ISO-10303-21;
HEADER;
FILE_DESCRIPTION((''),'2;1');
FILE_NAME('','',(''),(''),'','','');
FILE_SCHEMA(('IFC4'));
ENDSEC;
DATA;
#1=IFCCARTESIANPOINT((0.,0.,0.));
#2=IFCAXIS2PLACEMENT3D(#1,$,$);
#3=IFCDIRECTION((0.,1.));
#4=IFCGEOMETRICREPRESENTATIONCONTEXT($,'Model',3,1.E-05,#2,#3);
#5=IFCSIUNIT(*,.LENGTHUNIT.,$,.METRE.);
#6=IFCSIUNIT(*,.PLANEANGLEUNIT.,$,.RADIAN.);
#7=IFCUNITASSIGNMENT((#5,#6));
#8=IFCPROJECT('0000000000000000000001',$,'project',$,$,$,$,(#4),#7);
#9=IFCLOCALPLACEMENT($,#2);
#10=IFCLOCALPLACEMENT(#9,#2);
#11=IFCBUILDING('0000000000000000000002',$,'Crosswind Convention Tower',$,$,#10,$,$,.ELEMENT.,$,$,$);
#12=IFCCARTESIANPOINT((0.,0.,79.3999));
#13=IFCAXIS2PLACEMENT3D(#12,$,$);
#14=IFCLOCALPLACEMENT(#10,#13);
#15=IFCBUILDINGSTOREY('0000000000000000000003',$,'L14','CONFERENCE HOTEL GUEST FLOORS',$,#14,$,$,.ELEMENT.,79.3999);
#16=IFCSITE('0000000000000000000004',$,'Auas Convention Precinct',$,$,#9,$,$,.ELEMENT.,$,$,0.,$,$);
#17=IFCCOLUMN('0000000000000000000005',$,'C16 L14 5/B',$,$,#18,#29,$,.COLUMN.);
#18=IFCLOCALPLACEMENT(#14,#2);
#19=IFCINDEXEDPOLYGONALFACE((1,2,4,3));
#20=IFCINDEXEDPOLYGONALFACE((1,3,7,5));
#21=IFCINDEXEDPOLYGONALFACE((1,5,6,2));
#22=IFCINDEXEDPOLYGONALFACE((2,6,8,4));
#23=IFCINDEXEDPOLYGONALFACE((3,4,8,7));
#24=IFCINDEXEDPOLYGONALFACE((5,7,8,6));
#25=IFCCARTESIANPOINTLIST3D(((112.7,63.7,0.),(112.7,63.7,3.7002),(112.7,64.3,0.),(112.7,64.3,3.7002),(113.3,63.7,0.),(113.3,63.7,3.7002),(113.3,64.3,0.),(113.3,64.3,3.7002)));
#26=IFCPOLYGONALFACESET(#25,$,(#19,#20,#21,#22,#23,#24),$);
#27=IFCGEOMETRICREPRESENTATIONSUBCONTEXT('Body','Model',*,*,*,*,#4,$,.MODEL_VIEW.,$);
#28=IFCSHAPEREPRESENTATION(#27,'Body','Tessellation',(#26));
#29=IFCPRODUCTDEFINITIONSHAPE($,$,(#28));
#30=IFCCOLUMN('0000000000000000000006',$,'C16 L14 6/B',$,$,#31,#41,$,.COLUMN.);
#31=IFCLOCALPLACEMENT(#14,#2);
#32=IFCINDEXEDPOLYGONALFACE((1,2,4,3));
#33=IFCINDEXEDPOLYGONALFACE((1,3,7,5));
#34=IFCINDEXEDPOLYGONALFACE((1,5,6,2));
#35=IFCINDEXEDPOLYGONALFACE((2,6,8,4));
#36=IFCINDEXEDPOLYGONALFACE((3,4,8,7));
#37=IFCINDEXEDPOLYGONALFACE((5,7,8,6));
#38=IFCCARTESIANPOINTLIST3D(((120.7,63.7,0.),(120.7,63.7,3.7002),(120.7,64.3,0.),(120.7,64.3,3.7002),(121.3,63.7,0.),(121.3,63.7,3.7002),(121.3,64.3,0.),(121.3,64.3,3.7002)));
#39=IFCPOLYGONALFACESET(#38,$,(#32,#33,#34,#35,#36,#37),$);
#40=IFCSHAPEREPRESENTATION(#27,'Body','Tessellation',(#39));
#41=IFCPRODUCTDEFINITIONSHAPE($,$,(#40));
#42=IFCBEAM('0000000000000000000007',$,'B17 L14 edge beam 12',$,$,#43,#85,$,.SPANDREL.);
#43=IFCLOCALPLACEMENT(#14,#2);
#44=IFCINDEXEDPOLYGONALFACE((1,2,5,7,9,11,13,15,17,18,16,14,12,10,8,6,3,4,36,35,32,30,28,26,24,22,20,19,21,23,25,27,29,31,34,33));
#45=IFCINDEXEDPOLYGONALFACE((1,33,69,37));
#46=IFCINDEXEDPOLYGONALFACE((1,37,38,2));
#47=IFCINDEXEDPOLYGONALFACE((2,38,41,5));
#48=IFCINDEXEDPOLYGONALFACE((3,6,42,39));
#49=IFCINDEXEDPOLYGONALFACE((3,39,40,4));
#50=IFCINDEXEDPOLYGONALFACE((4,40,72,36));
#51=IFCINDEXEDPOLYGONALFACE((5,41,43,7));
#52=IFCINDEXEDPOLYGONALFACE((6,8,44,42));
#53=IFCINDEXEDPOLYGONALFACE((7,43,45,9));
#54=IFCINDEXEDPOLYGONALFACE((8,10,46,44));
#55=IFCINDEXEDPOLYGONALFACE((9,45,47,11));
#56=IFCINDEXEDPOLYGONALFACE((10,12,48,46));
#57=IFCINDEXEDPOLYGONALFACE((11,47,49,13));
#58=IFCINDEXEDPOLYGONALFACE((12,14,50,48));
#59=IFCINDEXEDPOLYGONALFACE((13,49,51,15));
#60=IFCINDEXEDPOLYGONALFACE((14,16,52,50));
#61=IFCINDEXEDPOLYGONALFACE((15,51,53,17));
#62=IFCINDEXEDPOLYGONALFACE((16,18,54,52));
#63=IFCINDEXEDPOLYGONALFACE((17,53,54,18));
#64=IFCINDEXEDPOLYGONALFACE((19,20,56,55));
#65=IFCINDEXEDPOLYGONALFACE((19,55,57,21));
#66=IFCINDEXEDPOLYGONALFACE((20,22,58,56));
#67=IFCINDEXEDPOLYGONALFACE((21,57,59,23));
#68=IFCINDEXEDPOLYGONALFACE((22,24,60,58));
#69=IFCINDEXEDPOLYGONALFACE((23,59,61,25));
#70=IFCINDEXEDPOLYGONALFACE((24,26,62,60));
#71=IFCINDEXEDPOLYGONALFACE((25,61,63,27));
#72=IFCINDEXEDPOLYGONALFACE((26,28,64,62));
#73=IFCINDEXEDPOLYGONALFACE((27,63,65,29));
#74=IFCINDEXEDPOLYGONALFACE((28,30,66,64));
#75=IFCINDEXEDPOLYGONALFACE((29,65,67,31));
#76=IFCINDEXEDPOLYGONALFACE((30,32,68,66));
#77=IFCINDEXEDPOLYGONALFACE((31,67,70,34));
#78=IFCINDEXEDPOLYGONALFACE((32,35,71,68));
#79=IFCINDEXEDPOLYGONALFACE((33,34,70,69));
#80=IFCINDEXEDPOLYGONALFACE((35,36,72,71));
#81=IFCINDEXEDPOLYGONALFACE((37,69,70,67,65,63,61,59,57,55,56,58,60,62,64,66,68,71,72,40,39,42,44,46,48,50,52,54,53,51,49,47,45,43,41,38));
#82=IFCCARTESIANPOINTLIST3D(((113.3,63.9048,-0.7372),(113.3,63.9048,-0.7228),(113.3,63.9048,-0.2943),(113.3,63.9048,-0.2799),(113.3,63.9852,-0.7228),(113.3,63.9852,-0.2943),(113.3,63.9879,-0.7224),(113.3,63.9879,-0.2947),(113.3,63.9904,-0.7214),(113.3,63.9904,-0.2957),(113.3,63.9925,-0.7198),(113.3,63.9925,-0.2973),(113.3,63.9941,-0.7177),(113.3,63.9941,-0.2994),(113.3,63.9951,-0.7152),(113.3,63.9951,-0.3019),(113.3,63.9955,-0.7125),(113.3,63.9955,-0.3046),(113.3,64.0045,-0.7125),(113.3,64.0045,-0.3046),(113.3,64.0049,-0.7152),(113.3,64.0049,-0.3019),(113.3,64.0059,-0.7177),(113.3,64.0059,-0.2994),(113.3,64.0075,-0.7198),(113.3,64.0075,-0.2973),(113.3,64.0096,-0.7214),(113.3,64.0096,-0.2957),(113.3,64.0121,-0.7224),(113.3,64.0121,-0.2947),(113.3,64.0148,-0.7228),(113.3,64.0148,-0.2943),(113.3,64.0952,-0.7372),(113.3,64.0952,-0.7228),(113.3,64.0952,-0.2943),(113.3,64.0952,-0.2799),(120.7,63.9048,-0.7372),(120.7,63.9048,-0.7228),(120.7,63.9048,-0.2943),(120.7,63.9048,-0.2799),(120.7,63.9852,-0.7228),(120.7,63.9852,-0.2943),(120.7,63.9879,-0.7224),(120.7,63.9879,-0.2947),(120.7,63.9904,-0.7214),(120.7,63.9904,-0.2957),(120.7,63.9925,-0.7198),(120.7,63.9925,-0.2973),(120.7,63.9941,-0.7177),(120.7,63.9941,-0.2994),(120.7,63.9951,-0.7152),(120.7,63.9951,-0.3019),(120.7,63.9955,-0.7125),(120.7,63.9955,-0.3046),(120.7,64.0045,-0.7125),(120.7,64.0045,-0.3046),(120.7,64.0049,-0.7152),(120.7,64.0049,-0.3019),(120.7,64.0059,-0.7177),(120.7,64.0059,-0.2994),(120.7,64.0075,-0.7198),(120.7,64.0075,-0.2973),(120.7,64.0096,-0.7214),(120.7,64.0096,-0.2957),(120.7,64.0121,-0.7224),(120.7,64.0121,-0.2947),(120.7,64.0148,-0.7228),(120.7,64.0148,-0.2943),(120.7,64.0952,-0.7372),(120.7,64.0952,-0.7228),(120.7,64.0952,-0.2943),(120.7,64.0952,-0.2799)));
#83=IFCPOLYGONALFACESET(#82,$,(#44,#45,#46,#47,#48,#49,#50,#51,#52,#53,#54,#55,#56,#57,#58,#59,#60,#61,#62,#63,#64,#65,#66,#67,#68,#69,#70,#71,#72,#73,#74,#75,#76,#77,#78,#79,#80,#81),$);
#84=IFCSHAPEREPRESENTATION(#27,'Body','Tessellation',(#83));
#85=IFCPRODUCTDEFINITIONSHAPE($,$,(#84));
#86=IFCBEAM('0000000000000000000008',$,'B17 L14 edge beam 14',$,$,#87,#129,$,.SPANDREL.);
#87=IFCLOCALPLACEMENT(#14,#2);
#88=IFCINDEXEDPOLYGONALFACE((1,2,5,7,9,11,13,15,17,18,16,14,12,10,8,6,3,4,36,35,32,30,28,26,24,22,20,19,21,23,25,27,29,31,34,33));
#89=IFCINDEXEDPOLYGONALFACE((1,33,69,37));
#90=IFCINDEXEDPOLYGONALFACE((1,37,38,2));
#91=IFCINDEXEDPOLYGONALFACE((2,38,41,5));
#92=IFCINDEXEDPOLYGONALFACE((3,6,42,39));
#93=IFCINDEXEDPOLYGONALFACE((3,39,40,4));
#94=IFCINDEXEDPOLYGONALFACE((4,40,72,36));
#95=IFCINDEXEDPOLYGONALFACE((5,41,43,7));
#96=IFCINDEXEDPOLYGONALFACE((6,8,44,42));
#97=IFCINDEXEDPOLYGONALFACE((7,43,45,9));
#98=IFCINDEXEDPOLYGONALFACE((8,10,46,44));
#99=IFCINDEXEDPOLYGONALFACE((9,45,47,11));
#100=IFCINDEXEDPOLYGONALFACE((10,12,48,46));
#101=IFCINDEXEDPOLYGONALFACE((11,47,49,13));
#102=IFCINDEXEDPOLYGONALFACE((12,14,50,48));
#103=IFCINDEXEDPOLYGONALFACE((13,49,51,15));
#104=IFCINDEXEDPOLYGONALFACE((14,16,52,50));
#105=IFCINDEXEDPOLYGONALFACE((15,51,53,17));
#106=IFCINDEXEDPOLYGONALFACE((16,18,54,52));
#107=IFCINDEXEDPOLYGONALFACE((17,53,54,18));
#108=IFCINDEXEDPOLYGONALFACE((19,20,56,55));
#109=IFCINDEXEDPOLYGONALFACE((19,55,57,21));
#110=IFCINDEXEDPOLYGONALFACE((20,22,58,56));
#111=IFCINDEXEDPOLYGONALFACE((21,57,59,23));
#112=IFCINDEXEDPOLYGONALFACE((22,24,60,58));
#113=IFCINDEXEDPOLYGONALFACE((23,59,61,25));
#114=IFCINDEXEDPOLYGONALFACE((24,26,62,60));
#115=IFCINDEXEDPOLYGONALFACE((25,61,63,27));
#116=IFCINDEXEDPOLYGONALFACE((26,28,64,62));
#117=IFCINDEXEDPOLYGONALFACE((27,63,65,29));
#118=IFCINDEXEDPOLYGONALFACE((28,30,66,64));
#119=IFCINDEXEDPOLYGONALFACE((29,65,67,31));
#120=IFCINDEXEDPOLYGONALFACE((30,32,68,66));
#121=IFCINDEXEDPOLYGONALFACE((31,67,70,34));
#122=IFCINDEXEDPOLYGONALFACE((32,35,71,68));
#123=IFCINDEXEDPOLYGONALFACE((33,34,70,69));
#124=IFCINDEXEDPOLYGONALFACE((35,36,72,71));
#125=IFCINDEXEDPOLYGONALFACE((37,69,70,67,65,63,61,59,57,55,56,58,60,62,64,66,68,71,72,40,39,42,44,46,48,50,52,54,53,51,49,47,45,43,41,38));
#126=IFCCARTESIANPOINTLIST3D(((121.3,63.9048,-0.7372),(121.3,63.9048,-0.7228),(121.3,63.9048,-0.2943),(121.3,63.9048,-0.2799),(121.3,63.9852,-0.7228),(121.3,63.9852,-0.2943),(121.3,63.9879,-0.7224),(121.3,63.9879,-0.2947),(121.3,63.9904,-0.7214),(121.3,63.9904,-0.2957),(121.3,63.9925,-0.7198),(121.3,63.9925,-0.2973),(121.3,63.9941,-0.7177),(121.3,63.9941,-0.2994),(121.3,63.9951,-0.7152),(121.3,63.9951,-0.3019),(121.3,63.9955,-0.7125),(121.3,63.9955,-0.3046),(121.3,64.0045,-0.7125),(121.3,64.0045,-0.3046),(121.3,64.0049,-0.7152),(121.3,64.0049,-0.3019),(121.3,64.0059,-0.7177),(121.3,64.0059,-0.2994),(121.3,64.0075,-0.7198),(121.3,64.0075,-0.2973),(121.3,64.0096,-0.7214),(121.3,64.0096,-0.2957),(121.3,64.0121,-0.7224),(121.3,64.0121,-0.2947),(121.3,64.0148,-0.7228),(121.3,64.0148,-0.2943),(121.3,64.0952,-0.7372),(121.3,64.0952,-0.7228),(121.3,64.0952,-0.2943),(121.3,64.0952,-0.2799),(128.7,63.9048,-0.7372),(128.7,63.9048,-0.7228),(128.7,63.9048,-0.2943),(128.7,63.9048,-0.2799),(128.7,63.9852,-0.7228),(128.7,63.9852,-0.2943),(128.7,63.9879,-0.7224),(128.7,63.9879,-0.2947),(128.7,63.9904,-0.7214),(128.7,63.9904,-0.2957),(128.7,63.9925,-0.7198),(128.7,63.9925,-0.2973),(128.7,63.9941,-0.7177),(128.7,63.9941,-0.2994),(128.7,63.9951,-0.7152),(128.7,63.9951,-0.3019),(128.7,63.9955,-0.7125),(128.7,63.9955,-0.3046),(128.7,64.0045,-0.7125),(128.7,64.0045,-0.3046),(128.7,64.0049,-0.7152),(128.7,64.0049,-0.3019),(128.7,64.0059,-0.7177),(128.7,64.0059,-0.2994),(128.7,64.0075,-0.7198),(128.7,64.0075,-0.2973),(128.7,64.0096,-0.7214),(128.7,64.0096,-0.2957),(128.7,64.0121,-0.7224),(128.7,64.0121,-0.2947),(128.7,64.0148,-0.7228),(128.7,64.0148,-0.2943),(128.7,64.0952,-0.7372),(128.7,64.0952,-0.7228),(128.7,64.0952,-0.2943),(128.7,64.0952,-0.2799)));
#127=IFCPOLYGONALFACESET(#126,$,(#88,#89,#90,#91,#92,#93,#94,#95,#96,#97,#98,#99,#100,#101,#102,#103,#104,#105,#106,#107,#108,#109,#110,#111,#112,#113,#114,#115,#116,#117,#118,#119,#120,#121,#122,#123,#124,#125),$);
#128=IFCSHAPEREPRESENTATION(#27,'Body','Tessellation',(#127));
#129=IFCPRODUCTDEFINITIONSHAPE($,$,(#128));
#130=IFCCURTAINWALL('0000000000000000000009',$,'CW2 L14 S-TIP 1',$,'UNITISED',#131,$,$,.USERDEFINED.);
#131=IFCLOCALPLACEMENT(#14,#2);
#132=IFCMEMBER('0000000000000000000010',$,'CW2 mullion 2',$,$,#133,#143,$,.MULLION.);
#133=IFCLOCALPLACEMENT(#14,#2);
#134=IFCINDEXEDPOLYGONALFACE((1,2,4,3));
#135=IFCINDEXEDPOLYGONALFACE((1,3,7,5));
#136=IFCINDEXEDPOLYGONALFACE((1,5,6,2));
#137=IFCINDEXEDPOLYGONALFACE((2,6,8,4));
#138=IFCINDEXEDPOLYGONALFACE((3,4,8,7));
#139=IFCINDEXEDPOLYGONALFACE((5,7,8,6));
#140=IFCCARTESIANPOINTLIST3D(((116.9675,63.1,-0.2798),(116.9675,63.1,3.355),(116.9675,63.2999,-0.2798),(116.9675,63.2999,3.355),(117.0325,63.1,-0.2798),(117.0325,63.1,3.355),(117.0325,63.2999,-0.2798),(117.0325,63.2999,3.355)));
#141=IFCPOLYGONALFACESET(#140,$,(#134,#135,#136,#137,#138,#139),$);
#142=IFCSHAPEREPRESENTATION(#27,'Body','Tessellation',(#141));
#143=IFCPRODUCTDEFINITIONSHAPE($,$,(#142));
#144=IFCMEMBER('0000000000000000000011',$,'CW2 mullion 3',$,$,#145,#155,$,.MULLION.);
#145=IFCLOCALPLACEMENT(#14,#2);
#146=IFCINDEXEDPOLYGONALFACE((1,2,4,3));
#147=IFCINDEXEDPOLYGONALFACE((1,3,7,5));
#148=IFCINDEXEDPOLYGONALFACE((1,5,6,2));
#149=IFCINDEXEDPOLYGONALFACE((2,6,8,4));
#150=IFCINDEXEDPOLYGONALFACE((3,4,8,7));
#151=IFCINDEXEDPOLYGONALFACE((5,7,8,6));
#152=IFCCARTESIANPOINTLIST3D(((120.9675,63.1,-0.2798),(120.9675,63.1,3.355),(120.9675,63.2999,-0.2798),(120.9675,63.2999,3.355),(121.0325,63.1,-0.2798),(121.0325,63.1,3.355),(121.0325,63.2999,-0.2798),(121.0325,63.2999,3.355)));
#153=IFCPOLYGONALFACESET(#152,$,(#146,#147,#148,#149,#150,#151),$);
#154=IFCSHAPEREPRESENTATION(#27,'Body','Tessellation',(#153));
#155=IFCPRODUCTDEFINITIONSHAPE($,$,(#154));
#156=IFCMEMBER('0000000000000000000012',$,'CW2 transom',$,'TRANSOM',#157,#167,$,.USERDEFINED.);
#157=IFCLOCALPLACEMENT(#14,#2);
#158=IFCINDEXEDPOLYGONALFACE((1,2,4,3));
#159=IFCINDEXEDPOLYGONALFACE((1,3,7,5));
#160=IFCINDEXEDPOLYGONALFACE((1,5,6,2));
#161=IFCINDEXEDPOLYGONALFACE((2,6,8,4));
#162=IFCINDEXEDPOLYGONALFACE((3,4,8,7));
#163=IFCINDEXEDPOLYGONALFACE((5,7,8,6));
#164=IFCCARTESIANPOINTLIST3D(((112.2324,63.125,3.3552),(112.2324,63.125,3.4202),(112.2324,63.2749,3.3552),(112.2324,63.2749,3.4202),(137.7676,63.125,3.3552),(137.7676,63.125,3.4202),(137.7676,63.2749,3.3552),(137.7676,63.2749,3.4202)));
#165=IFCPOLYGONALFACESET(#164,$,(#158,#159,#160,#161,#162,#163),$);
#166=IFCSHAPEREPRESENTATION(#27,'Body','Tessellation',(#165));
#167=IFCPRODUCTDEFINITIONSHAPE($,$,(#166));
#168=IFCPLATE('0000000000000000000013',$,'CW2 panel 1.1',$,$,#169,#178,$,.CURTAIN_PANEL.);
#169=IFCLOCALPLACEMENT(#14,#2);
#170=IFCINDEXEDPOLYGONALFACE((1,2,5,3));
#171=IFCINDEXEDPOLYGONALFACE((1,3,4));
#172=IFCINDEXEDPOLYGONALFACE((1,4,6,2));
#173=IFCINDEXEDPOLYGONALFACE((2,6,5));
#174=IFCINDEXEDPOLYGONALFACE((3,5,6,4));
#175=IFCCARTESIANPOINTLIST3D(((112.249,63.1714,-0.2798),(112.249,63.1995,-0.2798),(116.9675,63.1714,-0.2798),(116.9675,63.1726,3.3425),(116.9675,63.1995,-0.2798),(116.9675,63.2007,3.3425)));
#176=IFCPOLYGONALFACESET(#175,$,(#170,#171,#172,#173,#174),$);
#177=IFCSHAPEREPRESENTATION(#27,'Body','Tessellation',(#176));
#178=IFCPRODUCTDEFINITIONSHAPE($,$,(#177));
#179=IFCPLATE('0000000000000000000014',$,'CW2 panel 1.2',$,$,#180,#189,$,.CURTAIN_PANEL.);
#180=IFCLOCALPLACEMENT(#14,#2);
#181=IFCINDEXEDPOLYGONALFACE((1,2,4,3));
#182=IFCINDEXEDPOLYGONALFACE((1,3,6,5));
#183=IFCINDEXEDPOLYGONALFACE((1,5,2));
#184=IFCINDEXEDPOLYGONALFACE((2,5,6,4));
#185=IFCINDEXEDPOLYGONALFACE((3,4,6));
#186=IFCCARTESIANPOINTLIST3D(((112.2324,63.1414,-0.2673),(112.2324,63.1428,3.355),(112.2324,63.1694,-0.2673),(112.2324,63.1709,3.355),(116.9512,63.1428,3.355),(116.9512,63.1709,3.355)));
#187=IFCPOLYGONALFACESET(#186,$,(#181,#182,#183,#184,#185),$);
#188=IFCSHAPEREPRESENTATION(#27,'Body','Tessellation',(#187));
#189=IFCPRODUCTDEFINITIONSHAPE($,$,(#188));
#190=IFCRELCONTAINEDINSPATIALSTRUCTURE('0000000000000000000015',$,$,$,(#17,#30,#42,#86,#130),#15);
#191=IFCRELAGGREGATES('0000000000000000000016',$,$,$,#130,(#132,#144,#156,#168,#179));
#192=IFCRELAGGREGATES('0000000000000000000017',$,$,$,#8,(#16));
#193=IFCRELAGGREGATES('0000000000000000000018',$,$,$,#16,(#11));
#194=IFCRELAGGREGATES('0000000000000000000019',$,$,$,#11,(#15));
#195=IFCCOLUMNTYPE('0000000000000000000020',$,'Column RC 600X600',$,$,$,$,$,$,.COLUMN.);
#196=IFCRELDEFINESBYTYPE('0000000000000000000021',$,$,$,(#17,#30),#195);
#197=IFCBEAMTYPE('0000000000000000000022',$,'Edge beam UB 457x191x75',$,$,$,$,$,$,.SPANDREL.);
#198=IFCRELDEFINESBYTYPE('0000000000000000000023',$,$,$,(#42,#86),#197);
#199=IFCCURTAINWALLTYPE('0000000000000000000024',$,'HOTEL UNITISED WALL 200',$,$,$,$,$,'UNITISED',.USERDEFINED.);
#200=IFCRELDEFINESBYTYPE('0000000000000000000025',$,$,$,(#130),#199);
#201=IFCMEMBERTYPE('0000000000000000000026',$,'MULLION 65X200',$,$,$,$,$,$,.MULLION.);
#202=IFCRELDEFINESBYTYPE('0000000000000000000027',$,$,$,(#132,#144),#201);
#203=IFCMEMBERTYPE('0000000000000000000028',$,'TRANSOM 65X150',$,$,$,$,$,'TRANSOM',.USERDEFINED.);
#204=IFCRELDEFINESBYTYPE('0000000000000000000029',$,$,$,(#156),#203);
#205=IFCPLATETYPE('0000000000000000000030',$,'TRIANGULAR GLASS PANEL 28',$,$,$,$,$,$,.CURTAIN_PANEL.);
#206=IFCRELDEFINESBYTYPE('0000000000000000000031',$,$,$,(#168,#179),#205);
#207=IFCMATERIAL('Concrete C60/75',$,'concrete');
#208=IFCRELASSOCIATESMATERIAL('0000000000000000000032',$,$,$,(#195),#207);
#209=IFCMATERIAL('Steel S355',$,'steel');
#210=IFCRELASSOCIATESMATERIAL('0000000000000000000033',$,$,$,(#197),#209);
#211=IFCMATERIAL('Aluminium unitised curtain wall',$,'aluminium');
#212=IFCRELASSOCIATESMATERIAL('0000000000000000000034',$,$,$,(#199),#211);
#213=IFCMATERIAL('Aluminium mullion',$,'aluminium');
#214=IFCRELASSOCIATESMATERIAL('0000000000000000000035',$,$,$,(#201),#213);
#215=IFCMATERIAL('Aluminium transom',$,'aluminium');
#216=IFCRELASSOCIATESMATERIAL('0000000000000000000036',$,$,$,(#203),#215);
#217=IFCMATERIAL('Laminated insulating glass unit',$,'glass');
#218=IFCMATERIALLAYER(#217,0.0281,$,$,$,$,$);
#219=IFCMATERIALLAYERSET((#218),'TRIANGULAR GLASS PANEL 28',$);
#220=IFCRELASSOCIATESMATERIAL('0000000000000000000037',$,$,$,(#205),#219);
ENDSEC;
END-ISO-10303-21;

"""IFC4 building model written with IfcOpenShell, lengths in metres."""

from ifc_helpers import new_model, si_unit, direction, frame, origin, origin_2d, place, context, subcontext, project, spatial, polyline, rectangle, i_section, outline, extrude, material, layer, layer_set, material_profile, profile_set, type_object, element, aggregate, save


model = new_model("IFC4")

# Units and contexts
model_context = context("Model", 3, precision=1e-05, world=origin(), true_north=direction((0.0, 1.0)))
body_context = subcontext(model_context, "Body", "Model", "MODEL_VIEW")
ifc_project = project(units=[si_unit("LENGTHUNIT", "METRE"), si_unit("PLANEANGLEUNIT", "RADIAN")], contexts=[model_context])

# Site, building, storey
site_placement = place(None, origin())
site = spatial("IfcSite", under=ifc_project, at=site_placement, Name="Auas Convention Precinct", CompositionType="ELEMENT", RefElevation=0.0)
building_placement = place(site_placement, origin())
building = spatial("IfcBuilding", under=site, at=building_placement, Name="Crosswind Convention Tower", CompositionType="ELEMENT")
storey_placement = place(building_placement, frame((0.0, 0.0, 79.3999)))
storey = spatial("IfcBuildingStorey", under=building, at=storey_placement, Name="L14", Description="CONFERENCE HOTEL GUEST FLOORS", CompositionType="ELEMENT", Elevation=79.3999)

# Columns
ifc_material_1 = material(Name="Concrete C60/75", Category="concrete")
ifc_material_profile_1 = material_profile(ifc_material_1, rectangle(XDim=0.6001, YDim=0.6001, at=origin_2d()), Name="RC 600X600")
ifc_profile_set_1 = profile_set([ifc_material_profile_1], Name="Concrete C60/75")
column_type = type_object("IfcColumnType", Name="Column RC 600X600", PredefinedType="COLUMN", material=ifc_profile_set_1)
for number, where, z_axis, x_axis, name in (
    (1, (113.0, 64.0, 0.0), (0.0, 0.0, 1.0), (1.0, 0.0, 0.0), "C16 L14 5/B"),
    (2, (121.0, 64.0, 0.0), (0.0, 0.0, 1.0), (1.0, 0.0, 0.0), "C16 L14 6/B"),
):
    element("IfcColumn", number, at=place(storey_placement, frame(where, z_axis=z_axis, x_axis=x_axis)), inside=storey, type_object=column_type, Name=name, PredefinedType="COLUMN", context=body_context, shape_type="SweptSolid", body=[
        extrude(rectangle(XDim=0.6001, YDim=0.6001, at=origin_2d()), origin(), (0.0, 0.0, 1.0), 3.7002),
    ])

# Beams
ifc_material_2 = material(Name="Steel S355", Category="steel")
ifc_material_profile_2 = material_profile(ifc_material_2, i_section(OverallWidth=0.1904, OverallDepth=0.4573, WebThickness=0.009, FlangeThickness=0.0144, FilletRadius=0.0103, at=origin_2d()), Name="UB 457x191x75")
ifc_profile_set_2 = profile_set([ifc_material_profile_2], Name="Steel S355")
beam_type = type_object("IfcBeamType", Name="Edge beam UB 457x191x75", PredefinedType="SPANDREL", material=ifc_profile_set_2)
for number, where, z_axis, x_axis, name in (
    (3, (113.3, 64.0, -0.5085), (1.0, 0.0, 0.0), (0.0, 1.0, 0.0), "B17 L14 edge beam 12"),
    (4, (121.3, 64.0, -0.5085), (1.0, 0.0, 0.0), (0.0, 1.0, 0.0), "B17 L14 edge beam 14"),
):
    element("IfcBeam", number, at=place(storey_placement, frame(where, z_axis=z_axis, x_axis=x_axis)), inside=storey, type_object=beam_type, Name=name, PredefinedType="SPANDREL", context=body_context, shape_type="SweptSolid", body=[
        extrude(i_section(OverallWidth=0.1904, OverallDepth=0.4573, WebThickness=0.009, FlangeThickness=0.0144, FilletRadius=0.0103, at=origin_2d()), origin(), (0.0, 0.0, 1.0), 7.3999),
    ])

# Curtain wall, members, plates
ifc_material_3 = material(Name="Aluminium unitised curtain wall", Category="aluminium")
curtain_wall_type = type_object("IfcCurtainWallType", Name="HOTEL UNITISED WALL 200", ElementType="UNITISED", PredefinedType="USERDEFINED", material=ifc_material_3)
curtain_wall_placement = place(storey_placement, origin())
curtain_wall = element("IfcCurtainWall", 5, at=curtain_wall_placement, inside=storey, type_object=curtain_wall_type, Name="CW2 L14 S-TIP 1", ObjectType="UNITISED", PredefinedType="USERDEFINED")
ifc_material_4 = material(Name="Aluminium mullion", Category="aluminium")
ifc_material_profile_3 = material_profile(ifc_material_4, rectangle(XDim=0.2, YDim=0.0649, at=origin_2d()), Name="AL 200X65")
ifc_profile_set_3 = profile_set([ifc_material_profile_3], Name="Aluminium mullion")
member_type_1 = type_object("IfcMemberType", Name="MULLION 65X200", PredefinedType="MULLION", material=ifc_profile_set_3)
member_1_placement = place(storey_placement, frame((117.0, 63.2, -0.2798), z_axis=(0.0, 0.0, 1.0), x_axis=(0.0, -1.0, 0.0)))
member_1 = element("IfcMember", 6, at=member_1_placement, type_object=member_type_1, Name="CW2 mullion 2", PredefinedType="MULLION", context=body_context, shape_type="SweptSolid", body=[
    extrude(rectangle(XDim=0.2, YDim=0.0649, at=origin_2d()), origin(), (0.0, 0.0, 1.0), 3.6348),
])
member_2_placement = place(storey_placement, frame((121.0, 63.2, -0.2798), z_axis=(0.0, 0.0, 1.0), x_axis=(0.0, -1.0, 0.0)))
member_2 = element("IfcMember", 7, at=member_2_placement, type_object=member_type_1, Name="CW2 mullion 3", PredefinedType="MULLION", context=body_context, shape_type="SweptSolid", body=[
    extrude(rectangle(XDim=0.2, YDim=0.0649, at=origin_2d()), origin(), (0.0, 0.0, 1.0), 3.6348),
])
ifc_material_5 = material(Name="Aluminium transom", Category="aluminium")
ifc_material_profile_4 = material_profile(ifc_material_5, rectangle(XDim=0.1499, YDim=0.0649, at=origin_2d()), Name="AL 150X65")
ifc_profile_set_4 = profile_set([ifc_material_profile_4], Name="Aluminium transom")
member_type_2 = type_object("IfcMemberType", Name="TRANSOM 65X150", ElementType="TRANSOM", PredefinedType="USERDEFINED", material=ifc_profile_set_4)
member_3_placement = place(storey_placement, frame((112.2324, 63.2, 3.3877), z_axis=(1.0, 0.0, 0.0), x_axis=(0.0, 1.0, 0.0)))
member_3 = element("IfcMember", 8, at=member_3_placement, type_object=member_type_2, Name="CW2 transom", ObjectType="TRANSOM", PredefinedType="USERDEFINED", context=body_context, shape_type="SweptSolid", body=[
    extrude(rectangle(XDim=0.1499, YDim=0.0649, at=origin_2d()), origin(), (0.0, 0.0, 1.0), 25.5352),
])
ifc_material_6 = material(Name="Laminated insulating glass unit", Category="glass")
ifc_layer_1 = layer(ifc_material_6, 0.0281)
ifc_layer_set_1 = layer_set([ifc_layer_1], Name="TRIANGULAR GLASS PANEL 28")
plate_type = type_object("IfcPlateType", Name="TRIANGULAR GLASS PANEL 28", PredefinedType="CURTAIN_PANEL", material=ifc_layer_set_1)
plate_1_placement = place(storey_placement, frame((116.9675, 63.1714, -0.2798), z_axis=(0.0, -1.0, 0.000337), x_axis=(0.0, 0.000337, 1.0)))
plate_1 = element("IfcPlate", 9, at=plate_1_placement, type_object=plate_type, Name="CW2 panel 1.1", PredefinedType="CURTAIN_PANEL", context=body_context, shape_type="SweptSolid", body=[
    extrude(outline(polyline([(0.0, 0.0), (3.6223, 0.0), (0.0, 4.7185), (0.0, 0.0)])), origin(), (0.0, 0.0, -1.0), 0.0281),
])
plate_2_placement = place(storey_placement, frame((112.2324, 63.1428, 3.355), z_axis=(0.0, -1.0, 0.000404), x_axis=(0.0, -0.000404, -1.0)))
plate_2 = element("IfcPlate", 10, at=plate_2_placement, type_object=plate_type, Name="CW2 panel 1.2", PredefinedType="CURTAIN_PANEL", context=body_context, shape_type="SweptSolid", body=[
    extrude(outline(polyline([(0.0, 0.0), (3.6223, 0.0), (0.0, 4.7188), (0.0, 0.0)])), origin(), (0.0, 0.0, -1.0), 0.0281),
])

aggregate(curtain_wall, [member_1, member_2, member_3, plate_1, plate_2])

save(model, "model.ifc")
